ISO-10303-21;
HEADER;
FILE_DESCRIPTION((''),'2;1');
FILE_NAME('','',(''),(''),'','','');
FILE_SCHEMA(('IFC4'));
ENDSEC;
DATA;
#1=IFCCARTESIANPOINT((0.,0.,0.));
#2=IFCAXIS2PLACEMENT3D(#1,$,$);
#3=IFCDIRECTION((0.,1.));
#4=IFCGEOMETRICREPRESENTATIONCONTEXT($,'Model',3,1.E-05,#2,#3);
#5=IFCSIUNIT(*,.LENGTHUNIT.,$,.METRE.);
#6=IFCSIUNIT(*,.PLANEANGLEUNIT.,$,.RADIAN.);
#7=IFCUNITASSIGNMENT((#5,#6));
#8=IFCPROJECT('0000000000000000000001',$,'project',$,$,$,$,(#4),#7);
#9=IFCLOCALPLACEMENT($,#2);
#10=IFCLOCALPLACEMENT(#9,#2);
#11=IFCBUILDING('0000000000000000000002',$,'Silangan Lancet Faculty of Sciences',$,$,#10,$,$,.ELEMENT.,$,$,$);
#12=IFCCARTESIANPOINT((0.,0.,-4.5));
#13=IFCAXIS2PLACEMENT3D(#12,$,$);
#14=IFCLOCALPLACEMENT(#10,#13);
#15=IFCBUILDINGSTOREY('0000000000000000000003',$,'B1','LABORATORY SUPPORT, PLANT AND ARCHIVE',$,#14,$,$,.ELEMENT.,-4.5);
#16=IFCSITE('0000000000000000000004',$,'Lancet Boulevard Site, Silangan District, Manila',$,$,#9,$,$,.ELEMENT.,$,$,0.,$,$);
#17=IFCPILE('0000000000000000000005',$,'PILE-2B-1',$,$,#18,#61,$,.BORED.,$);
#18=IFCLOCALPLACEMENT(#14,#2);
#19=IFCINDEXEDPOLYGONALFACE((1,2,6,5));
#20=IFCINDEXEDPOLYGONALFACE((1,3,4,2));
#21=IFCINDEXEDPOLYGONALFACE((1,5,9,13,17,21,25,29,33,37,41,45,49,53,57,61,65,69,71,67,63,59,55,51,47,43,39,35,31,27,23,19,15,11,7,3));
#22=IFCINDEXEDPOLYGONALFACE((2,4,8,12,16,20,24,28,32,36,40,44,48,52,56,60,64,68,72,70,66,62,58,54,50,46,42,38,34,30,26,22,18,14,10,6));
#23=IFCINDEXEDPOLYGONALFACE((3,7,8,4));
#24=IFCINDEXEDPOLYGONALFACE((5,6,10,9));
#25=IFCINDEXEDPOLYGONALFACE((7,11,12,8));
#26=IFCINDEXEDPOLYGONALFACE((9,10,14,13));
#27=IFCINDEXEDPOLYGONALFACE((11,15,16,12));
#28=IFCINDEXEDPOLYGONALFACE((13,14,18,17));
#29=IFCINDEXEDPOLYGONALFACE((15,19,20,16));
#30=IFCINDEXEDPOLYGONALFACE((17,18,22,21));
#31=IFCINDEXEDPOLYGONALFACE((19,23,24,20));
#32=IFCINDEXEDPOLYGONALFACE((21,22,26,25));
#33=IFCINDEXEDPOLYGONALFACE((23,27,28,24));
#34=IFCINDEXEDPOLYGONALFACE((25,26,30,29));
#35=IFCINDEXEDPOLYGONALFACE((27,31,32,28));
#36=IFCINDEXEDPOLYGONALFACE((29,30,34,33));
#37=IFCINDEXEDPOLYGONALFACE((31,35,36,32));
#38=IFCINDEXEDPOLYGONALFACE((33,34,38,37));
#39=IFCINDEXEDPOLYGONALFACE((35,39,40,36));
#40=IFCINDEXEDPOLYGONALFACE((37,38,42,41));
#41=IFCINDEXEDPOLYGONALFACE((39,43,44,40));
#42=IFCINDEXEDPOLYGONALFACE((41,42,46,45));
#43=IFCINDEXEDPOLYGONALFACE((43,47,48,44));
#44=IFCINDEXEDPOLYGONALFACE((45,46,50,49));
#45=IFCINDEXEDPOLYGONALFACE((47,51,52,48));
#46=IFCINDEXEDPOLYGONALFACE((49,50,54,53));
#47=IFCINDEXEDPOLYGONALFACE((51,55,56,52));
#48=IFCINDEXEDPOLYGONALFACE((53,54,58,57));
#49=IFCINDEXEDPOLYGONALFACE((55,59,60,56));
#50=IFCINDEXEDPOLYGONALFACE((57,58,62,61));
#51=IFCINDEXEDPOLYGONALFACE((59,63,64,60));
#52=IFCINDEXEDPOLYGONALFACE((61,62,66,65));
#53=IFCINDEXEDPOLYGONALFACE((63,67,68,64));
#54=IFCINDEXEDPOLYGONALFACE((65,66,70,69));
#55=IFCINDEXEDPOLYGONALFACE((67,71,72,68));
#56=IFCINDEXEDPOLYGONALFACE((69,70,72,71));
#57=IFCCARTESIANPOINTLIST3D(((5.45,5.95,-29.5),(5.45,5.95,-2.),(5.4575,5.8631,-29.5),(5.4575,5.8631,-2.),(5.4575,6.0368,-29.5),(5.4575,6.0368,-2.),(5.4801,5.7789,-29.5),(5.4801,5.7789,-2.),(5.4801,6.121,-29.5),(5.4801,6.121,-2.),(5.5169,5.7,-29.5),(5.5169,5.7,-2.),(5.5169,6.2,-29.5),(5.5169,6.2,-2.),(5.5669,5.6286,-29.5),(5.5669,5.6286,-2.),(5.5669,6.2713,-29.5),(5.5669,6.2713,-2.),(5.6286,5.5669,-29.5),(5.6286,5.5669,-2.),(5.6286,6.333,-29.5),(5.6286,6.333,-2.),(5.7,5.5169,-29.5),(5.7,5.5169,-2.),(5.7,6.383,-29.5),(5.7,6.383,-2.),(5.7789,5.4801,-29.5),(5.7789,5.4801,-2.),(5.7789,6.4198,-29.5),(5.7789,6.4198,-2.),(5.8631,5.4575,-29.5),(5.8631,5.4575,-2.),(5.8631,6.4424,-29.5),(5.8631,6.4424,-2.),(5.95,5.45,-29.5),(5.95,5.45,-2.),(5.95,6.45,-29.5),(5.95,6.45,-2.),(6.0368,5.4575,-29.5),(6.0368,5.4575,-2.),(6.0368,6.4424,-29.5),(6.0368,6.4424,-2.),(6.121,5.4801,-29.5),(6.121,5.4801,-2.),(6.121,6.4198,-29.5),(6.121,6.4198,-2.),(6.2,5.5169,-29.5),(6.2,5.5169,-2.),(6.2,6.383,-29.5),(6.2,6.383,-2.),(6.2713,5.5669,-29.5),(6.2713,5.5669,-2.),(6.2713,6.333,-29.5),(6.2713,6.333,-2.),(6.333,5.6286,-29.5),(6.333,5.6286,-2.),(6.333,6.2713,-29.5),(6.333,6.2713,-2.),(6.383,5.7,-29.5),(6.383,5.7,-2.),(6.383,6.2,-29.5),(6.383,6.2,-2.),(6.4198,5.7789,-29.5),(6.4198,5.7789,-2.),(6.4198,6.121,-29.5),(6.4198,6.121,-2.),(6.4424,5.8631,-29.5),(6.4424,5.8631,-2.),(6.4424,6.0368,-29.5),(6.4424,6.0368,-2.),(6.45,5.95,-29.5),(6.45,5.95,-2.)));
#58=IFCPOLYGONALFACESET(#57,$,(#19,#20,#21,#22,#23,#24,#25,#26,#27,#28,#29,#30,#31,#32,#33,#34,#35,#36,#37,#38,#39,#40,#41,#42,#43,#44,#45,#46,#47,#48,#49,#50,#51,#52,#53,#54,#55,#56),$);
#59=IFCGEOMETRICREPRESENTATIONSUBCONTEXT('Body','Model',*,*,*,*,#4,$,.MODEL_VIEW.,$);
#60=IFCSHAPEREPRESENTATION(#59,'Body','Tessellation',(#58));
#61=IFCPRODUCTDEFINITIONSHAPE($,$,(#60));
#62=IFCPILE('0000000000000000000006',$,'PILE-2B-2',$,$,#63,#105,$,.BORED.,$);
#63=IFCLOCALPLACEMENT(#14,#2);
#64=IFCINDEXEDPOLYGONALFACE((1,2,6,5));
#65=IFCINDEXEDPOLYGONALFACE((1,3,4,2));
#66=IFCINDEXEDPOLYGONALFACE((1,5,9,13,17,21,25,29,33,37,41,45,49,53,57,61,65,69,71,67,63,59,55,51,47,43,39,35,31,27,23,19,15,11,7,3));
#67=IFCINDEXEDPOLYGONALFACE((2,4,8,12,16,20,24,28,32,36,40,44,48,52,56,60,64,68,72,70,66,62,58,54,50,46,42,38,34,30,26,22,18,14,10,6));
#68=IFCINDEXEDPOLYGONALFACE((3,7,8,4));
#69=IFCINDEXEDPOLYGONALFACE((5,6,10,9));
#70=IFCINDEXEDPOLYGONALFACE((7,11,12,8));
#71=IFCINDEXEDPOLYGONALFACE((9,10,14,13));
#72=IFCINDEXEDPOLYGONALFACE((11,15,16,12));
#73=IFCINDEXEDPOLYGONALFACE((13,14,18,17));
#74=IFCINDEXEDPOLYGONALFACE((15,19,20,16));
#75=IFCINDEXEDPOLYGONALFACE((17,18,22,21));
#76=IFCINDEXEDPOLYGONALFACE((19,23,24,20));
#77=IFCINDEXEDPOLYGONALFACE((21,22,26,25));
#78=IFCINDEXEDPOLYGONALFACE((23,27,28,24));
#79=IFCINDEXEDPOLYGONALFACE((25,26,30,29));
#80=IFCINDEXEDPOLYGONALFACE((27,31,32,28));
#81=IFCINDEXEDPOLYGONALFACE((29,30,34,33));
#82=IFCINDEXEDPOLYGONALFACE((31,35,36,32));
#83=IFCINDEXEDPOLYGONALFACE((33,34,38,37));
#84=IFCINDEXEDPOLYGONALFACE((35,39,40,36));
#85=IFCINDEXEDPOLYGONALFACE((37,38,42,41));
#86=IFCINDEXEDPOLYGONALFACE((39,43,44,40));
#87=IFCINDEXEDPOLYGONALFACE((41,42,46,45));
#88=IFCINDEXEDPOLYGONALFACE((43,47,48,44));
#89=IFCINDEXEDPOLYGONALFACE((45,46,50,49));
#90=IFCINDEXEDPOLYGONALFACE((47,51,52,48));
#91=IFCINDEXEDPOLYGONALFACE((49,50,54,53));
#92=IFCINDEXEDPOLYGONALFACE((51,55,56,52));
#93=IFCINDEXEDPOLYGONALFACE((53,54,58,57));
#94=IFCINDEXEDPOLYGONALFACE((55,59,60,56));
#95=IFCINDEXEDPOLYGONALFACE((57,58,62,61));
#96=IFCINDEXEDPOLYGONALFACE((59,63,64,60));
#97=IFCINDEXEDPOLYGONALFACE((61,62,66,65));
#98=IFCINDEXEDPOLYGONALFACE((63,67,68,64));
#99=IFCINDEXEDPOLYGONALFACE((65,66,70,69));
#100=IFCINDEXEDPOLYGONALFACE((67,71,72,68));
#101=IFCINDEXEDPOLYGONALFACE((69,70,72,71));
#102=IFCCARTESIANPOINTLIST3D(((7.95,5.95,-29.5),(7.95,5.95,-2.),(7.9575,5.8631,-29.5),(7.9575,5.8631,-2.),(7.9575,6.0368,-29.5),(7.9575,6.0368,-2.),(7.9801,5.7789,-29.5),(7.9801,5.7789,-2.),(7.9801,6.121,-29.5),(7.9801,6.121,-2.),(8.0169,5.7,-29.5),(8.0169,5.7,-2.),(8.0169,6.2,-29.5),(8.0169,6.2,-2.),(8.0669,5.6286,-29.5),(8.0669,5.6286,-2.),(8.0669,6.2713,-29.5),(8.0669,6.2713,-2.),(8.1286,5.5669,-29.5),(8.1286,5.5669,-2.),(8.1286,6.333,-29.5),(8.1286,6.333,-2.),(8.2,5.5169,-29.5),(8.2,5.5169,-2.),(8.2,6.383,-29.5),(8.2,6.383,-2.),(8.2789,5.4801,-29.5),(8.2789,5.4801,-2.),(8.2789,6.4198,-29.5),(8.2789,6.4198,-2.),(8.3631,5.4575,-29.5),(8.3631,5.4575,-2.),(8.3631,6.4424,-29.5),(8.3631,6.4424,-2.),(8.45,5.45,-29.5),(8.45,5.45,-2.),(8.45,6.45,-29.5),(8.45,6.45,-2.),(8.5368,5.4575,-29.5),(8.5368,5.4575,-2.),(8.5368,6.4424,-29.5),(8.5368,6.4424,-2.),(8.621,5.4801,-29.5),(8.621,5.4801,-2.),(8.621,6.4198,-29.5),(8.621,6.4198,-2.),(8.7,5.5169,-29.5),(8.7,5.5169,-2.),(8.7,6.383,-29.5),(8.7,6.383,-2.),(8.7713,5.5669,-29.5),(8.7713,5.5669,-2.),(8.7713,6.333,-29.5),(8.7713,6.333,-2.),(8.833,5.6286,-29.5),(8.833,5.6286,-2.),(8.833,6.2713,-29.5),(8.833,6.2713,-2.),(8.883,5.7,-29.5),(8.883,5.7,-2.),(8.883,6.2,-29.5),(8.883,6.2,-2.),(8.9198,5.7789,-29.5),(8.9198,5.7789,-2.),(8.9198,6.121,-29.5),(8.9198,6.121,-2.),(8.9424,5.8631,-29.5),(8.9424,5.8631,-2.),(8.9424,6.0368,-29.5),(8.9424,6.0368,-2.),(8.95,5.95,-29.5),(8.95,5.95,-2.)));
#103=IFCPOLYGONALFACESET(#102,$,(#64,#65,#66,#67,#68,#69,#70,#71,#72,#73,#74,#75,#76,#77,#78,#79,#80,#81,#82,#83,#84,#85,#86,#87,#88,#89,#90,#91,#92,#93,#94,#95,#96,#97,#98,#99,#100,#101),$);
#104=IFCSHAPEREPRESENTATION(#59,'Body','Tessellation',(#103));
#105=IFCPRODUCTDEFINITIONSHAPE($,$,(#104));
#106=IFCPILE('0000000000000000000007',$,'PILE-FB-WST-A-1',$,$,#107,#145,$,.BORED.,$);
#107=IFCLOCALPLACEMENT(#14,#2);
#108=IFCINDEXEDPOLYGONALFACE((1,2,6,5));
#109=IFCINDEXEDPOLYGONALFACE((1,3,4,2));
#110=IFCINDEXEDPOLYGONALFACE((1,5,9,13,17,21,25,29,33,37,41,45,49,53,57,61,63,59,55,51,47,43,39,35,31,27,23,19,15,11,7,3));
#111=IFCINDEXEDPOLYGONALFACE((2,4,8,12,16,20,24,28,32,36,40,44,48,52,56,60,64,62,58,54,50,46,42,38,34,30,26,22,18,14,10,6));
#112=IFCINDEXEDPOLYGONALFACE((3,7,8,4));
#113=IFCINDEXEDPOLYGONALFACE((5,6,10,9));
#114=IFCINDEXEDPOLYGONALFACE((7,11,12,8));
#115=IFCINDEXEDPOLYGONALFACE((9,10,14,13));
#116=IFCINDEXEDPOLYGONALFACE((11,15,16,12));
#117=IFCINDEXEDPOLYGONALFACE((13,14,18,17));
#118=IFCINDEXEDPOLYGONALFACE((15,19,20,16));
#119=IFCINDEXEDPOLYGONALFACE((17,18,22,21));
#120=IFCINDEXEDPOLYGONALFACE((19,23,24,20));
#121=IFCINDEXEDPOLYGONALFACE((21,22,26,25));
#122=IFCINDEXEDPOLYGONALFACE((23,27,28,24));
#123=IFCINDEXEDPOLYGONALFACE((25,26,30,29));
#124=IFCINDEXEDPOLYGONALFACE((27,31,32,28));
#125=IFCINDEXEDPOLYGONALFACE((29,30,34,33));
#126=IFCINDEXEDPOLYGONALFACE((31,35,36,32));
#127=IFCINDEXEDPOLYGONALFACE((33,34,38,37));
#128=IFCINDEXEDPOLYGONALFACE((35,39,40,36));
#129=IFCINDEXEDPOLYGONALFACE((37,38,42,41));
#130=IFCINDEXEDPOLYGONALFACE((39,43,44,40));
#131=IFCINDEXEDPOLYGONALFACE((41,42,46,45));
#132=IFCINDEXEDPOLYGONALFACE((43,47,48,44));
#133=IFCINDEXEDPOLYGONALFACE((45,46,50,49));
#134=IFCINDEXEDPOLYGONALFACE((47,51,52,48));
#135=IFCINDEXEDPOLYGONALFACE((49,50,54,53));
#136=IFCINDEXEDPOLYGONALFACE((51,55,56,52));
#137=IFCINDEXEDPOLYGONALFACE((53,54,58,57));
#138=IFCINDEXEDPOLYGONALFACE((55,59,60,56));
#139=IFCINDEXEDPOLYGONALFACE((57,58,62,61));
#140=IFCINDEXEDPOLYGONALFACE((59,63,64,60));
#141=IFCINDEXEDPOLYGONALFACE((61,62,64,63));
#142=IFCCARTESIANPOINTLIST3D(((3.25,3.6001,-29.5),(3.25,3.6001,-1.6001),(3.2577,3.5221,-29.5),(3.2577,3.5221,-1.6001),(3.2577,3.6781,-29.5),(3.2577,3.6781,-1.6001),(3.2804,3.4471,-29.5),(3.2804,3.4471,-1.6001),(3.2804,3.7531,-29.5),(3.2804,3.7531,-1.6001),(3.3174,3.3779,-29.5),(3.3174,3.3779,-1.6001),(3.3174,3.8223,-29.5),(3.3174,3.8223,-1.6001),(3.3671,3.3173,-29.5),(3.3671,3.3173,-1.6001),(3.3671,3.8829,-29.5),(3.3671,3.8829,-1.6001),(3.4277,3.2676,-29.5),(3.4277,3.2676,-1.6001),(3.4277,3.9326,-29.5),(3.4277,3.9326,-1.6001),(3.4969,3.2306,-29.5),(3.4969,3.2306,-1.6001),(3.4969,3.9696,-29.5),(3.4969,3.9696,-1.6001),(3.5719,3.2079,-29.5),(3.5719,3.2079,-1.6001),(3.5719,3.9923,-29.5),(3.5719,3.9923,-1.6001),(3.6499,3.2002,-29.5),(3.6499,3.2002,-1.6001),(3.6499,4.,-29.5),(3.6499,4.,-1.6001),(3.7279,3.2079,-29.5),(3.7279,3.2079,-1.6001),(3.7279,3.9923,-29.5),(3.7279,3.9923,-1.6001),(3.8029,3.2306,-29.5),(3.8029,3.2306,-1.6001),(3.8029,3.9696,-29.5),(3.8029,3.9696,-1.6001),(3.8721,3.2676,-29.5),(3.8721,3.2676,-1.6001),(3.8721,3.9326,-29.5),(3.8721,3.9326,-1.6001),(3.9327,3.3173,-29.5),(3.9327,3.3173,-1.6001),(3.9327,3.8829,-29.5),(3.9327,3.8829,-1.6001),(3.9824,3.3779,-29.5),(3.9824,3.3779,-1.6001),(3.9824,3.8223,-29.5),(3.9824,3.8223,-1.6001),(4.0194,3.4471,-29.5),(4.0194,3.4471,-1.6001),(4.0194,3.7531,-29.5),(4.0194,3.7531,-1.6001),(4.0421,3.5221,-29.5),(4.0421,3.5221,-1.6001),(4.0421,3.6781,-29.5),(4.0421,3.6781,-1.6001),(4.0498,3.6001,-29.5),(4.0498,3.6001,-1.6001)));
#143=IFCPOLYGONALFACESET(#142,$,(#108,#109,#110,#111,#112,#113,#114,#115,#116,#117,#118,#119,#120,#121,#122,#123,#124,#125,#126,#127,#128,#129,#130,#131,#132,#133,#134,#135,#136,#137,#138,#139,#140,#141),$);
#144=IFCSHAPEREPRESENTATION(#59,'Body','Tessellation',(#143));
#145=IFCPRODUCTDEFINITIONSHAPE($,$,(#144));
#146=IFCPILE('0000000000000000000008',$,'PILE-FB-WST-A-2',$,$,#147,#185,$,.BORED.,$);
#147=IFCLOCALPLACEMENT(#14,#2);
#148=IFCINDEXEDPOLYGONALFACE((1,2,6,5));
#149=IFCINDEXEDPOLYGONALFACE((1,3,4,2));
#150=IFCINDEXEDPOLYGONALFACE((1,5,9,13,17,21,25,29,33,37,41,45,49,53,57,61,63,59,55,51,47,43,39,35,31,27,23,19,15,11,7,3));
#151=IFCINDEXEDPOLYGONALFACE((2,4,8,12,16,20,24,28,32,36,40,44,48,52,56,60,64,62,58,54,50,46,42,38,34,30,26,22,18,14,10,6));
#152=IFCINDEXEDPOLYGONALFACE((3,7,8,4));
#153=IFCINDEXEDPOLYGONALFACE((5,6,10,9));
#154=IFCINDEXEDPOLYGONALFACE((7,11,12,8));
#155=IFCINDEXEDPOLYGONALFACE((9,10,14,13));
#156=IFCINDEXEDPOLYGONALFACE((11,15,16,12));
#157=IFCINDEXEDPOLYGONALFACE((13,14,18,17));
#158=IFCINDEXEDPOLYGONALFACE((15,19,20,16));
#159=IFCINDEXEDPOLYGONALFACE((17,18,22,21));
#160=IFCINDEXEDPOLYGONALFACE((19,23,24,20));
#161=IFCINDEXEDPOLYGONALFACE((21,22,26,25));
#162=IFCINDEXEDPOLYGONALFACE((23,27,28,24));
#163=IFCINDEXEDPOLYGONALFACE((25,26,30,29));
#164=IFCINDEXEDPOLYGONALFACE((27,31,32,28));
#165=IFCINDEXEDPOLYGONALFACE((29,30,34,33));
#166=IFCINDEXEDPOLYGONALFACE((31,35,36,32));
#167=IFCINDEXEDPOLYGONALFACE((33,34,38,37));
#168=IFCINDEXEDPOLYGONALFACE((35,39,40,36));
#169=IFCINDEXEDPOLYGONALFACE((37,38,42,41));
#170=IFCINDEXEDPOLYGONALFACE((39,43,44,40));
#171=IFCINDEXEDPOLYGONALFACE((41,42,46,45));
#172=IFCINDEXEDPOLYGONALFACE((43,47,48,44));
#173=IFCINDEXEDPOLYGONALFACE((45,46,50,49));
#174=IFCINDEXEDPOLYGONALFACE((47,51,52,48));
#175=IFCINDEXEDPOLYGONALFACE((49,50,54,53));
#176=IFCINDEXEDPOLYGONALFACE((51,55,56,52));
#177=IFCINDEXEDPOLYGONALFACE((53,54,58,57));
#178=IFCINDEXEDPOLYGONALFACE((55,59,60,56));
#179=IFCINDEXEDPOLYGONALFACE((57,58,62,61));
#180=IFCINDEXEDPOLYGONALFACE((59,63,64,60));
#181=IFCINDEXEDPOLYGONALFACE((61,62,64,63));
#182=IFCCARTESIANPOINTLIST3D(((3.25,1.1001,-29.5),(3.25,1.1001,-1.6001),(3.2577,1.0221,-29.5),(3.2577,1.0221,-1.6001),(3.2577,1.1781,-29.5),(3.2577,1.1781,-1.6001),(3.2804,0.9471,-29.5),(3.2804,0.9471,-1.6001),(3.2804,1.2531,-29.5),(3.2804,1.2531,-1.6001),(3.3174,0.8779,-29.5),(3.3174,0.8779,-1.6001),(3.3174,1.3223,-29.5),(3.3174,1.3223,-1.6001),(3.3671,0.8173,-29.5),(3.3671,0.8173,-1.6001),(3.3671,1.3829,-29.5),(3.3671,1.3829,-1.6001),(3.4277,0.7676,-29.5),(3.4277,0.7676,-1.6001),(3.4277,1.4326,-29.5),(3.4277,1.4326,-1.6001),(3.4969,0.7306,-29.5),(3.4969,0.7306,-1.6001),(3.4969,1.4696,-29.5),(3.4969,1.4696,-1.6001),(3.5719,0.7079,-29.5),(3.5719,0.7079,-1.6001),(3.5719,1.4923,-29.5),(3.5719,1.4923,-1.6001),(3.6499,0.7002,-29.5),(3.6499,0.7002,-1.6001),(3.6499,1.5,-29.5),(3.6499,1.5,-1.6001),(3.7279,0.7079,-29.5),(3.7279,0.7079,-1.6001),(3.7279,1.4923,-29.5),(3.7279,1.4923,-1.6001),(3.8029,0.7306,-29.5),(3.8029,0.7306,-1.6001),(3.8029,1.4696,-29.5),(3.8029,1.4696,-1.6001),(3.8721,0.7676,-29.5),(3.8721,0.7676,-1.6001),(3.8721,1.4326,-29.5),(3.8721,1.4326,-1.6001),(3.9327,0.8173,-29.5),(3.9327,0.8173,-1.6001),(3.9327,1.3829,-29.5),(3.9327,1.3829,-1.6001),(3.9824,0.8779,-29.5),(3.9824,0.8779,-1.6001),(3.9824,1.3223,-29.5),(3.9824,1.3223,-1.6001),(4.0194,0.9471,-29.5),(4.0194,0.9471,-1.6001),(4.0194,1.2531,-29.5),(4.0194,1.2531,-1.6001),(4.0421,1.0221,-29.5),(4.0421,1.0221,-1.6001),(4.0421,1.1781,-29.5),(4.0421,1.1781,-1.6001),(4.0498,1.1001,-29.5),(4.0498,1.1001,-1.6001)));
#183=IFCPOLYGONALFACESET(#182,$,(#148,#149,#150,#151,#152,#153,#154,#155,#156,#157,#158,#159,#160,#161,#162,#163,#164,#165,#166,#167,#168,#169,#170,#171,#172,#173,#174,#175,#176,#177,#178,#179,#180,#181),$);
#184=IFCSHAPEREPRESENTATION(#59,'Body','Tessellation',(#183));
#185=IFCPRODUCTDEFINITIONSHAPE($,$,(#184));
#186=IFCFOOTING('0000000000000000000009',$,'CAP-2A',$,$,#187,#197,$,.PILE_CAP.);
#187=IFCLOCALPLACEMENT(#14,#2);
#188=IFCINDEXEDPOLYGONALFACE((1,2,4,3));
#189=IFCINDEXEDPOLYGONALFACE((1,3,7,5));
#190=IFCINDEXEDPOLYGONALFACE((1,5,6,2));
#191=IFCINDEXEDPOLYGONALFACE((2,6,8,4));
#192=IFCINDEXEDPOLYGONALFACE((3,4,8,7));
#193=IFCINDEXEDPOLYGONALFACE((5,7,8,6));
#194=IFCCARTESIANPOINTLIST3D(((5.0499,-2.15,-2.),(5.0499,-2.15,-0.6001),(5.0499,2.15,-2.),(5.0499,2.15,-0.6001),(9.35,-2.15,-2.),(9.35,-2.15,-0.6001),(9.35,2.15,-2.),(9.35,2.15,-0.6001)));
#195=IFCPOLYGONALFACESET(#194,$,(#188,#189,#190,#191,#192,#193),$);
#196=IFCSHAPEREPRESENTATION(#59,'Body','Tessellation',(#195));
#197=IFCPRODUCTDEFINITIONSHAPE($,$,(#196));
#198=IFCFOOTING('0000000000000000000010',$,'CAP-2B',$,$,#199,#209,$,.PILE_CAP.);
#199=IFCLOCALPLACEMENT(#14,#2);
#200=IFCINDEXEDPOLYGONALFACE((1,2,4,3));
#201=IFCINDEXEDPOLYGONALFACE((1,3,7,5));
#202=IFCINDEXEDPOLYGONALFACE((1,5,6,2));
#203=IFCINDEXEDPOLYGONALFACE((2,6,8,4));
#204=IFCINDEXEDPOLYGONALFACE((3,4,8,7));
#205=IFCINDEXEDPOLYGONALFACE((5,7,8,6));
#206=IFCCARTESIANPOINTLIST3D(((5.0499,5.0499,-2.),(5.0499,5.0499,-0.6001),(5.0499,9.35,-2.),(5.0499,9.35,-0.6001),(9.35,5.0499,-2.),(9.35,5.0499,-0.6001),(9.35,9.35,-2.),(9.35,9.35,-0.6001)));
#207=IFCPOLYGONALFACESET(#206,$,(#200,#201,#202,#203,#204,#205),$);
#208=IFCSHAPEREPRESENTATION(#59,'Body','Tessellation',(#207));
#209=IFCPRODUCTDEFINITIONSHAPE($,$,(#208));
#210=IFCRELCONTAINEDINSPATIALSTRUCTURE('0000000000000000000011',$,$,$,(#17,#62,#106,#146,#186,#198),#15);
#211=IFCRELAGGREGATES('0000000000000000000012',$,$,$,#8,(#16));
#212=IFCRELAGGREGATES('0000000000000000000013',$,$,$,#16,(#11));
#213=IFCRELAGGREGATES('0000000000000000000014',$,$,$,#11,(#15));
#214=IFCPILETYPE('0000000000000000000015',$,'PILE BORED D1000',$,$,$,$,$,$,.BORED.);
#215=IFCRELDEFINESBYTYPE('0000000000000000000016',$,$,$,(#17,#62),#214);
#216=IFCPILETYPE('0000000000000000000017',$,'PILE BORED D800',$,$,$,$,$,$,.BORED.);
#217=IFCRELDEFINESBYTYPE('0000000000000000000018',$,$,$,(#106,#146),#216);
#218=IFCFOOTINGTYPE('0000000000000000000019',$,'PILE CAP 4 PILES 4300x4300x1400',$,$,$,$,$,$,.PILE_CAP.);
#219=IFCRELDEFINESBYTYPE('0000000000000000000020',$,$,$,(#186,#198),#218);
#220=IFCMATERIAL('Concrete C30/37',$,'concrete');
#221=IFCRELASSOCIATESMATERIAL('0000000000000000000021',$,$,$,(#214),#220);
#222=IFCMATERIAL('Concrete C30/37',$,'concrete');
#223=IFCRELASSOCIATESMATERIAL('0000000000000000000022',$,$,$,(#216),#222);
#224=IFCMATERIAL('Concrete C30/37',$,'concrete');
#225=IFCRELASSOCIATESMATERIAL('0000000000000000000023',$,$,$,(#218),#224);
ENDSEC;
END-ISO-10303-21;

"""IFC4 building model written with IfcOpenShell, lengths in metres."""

from ifc_helpers import new_model, si_unit, direction, frame, origin, origin_2d, place, context, subcontext, project, spatial, rectangle, circle, extrude, material, material_profile, profile_set, type_object, element, save


model = new_model("IFC4")

# Units and contexts
model_context = context("Model", 3, precision=1e-05, world=origin(), true_north=direction((0.0, 1.0)))
body_context = subcontext(model_context, "Body", "Model", "MODEL_VIEW")
ifc_project = project(units=[si_unit("LENGTHUNIT", "METRE"), si_unit("PLANEANGLEUNIT", "RADIAN")], contexts=[model_context])

# Site, building, storey
site_placement = place(None, origin())
site = spatial("IfcSite", under=ifc_project, at=site_placement, Name="Lancet Boulevard Site, Silangan District, Manila", CompositionType="ELEMENT", RefElevation=0.0)
building_placement = place(site_placement, origin())
building = spatial("IfcBuilding", under=site, at=building_placement, Name="Silangan Lancet Faculty of Sciences", CompositionType="ELEMENT")
storey_placement = place(building_placement, frame((0.0, 0.0, -4.5)))
storey = spatial("IfcBuildingStorey", under=building, at=storey_placement, Name="B1", Description="LABORATORY SUPPORT, PLANT AND ARCHIVE", CompositionType="ELEMENT", Elevation=-4.5)

# Piles
ifc_material_1 = material(Name="Concrete C30/37", Category="concrete")
ifc_material_profile_1 = material_profile(ifc_material_1, circle(Radius=0.5, at=origin_2d()), Name="BORED PILE D1000")
ifc_profile_set_1 = profile_set([ifc_material_profile_1], Name="Concrete C30/37")
pile_type_1 = type_object("IfcPileType", Name="PILE BORED D1000", PredefinedType="BORED", material=ifc_profile_set_1)
for number, where, z_axis, x_axis, name in (
    (1, (5.95, 5.95, -2.0), (0.0, 0.0, -1.0), (1.0, 0.0, 0.0), "PILE-2B-1"),
    (2, (8.45, 5.95, -2.0), (0.0, 0.0, -1.0), (1.0, 0.0, 0.0), "PILE-2B-2"),
):
    element("IfcPile", number, at=place(storey_placement, frame(where, z_axis=z_axis, x_axis=x_axis)), inside=storey, type_object=pile_type_1, Name=name, PredefinedType="BORED", context=body_context, shape_type="SweptSolid", body=[
        extrude(circle(Radius=0.5, at=origin_2d()), origin(), (0.0, 0.0, 1.0), 27.5),
    ])
ifc_material_2 = material(Name="Concrete C30/37", Category="concrete")
ifc_material_profile_2 = material_profile(ifc_material_2, circle(Radius=0.3999, at=origin_2d()), Name="BORED PILE D800")
ifc_profile_set_2 = profile_set([ifc_material_profile_2], Name="Concrete C30/37")
pile_type_2 = type_object("IfcPileType", Name="PILE BORED D800", PredefinedType="BORED", material=ifc_profile_set_2)
for number, where, z_axis, x_axis, name in (
    (3, (3.6499, 3.6001, -1.6001), (0.0, 0.0, -1.0), (1.0, 0.0, 0.0), "PILE-FB-WST-A-1"),
    (4, (3.6499, 1.1001, -1.6001), (0.0, 0.0, -1.0), (1.0, 0.0, 0.0), "PILE-FB-WST-A-2"),
):
    element("IfcPile", number, at=place(storey_placement, frame(where, z_axis=z_axis, x_axis=x_axis)), inside=storey, type_object=pile_type_2, Name=name, PredefinedType="BORED", context=body_context, shape_type="SweptSolid", body=[
        extrude(circle(Radius=0.3999, at=origin_2d()), origin(), (0.0, 0.0, 1.0), 27.8999),
    ])

# Footings
ifc_material_3 = material(Name="Concrete C30/37", Category="concrete")
footing_type_1 = type_object("IfcFootingType", Name="PILE CAP 4 PILES 4300x4300x1400", PredefinedType="PILE_CAP", material=ifc_material_3)
for number, where, z_axis, x_axis, name in (
    (5, (7.2, 0.0, -2.0), (0.0, 0.0, 1.0), (1.0, 0.0, 0.0), "CAP-2A"),
    (6, (7.2, 7.2, -2.0), (0.0, 0.0, 1.0), (1.0, 0.0, 0.0), "CAP-2B"),
):
    element("IfcFooting", number, at=place(storey_placement, frame(where, z_axis=z_axis, x_axis=x_axis)), inside=storey, type_object=footing_type_1, Name=name, PredefinedType="PILE_CAP", context=body_context, shape_type="SweptSolid", body=[
        extrude(rectangle(XDim=4.3, YDim=4.3, at=origin_2d()), origin(), (0.0, 0.0, 1.0), 1.3999),
    ])

save(model, "model.ifc")
